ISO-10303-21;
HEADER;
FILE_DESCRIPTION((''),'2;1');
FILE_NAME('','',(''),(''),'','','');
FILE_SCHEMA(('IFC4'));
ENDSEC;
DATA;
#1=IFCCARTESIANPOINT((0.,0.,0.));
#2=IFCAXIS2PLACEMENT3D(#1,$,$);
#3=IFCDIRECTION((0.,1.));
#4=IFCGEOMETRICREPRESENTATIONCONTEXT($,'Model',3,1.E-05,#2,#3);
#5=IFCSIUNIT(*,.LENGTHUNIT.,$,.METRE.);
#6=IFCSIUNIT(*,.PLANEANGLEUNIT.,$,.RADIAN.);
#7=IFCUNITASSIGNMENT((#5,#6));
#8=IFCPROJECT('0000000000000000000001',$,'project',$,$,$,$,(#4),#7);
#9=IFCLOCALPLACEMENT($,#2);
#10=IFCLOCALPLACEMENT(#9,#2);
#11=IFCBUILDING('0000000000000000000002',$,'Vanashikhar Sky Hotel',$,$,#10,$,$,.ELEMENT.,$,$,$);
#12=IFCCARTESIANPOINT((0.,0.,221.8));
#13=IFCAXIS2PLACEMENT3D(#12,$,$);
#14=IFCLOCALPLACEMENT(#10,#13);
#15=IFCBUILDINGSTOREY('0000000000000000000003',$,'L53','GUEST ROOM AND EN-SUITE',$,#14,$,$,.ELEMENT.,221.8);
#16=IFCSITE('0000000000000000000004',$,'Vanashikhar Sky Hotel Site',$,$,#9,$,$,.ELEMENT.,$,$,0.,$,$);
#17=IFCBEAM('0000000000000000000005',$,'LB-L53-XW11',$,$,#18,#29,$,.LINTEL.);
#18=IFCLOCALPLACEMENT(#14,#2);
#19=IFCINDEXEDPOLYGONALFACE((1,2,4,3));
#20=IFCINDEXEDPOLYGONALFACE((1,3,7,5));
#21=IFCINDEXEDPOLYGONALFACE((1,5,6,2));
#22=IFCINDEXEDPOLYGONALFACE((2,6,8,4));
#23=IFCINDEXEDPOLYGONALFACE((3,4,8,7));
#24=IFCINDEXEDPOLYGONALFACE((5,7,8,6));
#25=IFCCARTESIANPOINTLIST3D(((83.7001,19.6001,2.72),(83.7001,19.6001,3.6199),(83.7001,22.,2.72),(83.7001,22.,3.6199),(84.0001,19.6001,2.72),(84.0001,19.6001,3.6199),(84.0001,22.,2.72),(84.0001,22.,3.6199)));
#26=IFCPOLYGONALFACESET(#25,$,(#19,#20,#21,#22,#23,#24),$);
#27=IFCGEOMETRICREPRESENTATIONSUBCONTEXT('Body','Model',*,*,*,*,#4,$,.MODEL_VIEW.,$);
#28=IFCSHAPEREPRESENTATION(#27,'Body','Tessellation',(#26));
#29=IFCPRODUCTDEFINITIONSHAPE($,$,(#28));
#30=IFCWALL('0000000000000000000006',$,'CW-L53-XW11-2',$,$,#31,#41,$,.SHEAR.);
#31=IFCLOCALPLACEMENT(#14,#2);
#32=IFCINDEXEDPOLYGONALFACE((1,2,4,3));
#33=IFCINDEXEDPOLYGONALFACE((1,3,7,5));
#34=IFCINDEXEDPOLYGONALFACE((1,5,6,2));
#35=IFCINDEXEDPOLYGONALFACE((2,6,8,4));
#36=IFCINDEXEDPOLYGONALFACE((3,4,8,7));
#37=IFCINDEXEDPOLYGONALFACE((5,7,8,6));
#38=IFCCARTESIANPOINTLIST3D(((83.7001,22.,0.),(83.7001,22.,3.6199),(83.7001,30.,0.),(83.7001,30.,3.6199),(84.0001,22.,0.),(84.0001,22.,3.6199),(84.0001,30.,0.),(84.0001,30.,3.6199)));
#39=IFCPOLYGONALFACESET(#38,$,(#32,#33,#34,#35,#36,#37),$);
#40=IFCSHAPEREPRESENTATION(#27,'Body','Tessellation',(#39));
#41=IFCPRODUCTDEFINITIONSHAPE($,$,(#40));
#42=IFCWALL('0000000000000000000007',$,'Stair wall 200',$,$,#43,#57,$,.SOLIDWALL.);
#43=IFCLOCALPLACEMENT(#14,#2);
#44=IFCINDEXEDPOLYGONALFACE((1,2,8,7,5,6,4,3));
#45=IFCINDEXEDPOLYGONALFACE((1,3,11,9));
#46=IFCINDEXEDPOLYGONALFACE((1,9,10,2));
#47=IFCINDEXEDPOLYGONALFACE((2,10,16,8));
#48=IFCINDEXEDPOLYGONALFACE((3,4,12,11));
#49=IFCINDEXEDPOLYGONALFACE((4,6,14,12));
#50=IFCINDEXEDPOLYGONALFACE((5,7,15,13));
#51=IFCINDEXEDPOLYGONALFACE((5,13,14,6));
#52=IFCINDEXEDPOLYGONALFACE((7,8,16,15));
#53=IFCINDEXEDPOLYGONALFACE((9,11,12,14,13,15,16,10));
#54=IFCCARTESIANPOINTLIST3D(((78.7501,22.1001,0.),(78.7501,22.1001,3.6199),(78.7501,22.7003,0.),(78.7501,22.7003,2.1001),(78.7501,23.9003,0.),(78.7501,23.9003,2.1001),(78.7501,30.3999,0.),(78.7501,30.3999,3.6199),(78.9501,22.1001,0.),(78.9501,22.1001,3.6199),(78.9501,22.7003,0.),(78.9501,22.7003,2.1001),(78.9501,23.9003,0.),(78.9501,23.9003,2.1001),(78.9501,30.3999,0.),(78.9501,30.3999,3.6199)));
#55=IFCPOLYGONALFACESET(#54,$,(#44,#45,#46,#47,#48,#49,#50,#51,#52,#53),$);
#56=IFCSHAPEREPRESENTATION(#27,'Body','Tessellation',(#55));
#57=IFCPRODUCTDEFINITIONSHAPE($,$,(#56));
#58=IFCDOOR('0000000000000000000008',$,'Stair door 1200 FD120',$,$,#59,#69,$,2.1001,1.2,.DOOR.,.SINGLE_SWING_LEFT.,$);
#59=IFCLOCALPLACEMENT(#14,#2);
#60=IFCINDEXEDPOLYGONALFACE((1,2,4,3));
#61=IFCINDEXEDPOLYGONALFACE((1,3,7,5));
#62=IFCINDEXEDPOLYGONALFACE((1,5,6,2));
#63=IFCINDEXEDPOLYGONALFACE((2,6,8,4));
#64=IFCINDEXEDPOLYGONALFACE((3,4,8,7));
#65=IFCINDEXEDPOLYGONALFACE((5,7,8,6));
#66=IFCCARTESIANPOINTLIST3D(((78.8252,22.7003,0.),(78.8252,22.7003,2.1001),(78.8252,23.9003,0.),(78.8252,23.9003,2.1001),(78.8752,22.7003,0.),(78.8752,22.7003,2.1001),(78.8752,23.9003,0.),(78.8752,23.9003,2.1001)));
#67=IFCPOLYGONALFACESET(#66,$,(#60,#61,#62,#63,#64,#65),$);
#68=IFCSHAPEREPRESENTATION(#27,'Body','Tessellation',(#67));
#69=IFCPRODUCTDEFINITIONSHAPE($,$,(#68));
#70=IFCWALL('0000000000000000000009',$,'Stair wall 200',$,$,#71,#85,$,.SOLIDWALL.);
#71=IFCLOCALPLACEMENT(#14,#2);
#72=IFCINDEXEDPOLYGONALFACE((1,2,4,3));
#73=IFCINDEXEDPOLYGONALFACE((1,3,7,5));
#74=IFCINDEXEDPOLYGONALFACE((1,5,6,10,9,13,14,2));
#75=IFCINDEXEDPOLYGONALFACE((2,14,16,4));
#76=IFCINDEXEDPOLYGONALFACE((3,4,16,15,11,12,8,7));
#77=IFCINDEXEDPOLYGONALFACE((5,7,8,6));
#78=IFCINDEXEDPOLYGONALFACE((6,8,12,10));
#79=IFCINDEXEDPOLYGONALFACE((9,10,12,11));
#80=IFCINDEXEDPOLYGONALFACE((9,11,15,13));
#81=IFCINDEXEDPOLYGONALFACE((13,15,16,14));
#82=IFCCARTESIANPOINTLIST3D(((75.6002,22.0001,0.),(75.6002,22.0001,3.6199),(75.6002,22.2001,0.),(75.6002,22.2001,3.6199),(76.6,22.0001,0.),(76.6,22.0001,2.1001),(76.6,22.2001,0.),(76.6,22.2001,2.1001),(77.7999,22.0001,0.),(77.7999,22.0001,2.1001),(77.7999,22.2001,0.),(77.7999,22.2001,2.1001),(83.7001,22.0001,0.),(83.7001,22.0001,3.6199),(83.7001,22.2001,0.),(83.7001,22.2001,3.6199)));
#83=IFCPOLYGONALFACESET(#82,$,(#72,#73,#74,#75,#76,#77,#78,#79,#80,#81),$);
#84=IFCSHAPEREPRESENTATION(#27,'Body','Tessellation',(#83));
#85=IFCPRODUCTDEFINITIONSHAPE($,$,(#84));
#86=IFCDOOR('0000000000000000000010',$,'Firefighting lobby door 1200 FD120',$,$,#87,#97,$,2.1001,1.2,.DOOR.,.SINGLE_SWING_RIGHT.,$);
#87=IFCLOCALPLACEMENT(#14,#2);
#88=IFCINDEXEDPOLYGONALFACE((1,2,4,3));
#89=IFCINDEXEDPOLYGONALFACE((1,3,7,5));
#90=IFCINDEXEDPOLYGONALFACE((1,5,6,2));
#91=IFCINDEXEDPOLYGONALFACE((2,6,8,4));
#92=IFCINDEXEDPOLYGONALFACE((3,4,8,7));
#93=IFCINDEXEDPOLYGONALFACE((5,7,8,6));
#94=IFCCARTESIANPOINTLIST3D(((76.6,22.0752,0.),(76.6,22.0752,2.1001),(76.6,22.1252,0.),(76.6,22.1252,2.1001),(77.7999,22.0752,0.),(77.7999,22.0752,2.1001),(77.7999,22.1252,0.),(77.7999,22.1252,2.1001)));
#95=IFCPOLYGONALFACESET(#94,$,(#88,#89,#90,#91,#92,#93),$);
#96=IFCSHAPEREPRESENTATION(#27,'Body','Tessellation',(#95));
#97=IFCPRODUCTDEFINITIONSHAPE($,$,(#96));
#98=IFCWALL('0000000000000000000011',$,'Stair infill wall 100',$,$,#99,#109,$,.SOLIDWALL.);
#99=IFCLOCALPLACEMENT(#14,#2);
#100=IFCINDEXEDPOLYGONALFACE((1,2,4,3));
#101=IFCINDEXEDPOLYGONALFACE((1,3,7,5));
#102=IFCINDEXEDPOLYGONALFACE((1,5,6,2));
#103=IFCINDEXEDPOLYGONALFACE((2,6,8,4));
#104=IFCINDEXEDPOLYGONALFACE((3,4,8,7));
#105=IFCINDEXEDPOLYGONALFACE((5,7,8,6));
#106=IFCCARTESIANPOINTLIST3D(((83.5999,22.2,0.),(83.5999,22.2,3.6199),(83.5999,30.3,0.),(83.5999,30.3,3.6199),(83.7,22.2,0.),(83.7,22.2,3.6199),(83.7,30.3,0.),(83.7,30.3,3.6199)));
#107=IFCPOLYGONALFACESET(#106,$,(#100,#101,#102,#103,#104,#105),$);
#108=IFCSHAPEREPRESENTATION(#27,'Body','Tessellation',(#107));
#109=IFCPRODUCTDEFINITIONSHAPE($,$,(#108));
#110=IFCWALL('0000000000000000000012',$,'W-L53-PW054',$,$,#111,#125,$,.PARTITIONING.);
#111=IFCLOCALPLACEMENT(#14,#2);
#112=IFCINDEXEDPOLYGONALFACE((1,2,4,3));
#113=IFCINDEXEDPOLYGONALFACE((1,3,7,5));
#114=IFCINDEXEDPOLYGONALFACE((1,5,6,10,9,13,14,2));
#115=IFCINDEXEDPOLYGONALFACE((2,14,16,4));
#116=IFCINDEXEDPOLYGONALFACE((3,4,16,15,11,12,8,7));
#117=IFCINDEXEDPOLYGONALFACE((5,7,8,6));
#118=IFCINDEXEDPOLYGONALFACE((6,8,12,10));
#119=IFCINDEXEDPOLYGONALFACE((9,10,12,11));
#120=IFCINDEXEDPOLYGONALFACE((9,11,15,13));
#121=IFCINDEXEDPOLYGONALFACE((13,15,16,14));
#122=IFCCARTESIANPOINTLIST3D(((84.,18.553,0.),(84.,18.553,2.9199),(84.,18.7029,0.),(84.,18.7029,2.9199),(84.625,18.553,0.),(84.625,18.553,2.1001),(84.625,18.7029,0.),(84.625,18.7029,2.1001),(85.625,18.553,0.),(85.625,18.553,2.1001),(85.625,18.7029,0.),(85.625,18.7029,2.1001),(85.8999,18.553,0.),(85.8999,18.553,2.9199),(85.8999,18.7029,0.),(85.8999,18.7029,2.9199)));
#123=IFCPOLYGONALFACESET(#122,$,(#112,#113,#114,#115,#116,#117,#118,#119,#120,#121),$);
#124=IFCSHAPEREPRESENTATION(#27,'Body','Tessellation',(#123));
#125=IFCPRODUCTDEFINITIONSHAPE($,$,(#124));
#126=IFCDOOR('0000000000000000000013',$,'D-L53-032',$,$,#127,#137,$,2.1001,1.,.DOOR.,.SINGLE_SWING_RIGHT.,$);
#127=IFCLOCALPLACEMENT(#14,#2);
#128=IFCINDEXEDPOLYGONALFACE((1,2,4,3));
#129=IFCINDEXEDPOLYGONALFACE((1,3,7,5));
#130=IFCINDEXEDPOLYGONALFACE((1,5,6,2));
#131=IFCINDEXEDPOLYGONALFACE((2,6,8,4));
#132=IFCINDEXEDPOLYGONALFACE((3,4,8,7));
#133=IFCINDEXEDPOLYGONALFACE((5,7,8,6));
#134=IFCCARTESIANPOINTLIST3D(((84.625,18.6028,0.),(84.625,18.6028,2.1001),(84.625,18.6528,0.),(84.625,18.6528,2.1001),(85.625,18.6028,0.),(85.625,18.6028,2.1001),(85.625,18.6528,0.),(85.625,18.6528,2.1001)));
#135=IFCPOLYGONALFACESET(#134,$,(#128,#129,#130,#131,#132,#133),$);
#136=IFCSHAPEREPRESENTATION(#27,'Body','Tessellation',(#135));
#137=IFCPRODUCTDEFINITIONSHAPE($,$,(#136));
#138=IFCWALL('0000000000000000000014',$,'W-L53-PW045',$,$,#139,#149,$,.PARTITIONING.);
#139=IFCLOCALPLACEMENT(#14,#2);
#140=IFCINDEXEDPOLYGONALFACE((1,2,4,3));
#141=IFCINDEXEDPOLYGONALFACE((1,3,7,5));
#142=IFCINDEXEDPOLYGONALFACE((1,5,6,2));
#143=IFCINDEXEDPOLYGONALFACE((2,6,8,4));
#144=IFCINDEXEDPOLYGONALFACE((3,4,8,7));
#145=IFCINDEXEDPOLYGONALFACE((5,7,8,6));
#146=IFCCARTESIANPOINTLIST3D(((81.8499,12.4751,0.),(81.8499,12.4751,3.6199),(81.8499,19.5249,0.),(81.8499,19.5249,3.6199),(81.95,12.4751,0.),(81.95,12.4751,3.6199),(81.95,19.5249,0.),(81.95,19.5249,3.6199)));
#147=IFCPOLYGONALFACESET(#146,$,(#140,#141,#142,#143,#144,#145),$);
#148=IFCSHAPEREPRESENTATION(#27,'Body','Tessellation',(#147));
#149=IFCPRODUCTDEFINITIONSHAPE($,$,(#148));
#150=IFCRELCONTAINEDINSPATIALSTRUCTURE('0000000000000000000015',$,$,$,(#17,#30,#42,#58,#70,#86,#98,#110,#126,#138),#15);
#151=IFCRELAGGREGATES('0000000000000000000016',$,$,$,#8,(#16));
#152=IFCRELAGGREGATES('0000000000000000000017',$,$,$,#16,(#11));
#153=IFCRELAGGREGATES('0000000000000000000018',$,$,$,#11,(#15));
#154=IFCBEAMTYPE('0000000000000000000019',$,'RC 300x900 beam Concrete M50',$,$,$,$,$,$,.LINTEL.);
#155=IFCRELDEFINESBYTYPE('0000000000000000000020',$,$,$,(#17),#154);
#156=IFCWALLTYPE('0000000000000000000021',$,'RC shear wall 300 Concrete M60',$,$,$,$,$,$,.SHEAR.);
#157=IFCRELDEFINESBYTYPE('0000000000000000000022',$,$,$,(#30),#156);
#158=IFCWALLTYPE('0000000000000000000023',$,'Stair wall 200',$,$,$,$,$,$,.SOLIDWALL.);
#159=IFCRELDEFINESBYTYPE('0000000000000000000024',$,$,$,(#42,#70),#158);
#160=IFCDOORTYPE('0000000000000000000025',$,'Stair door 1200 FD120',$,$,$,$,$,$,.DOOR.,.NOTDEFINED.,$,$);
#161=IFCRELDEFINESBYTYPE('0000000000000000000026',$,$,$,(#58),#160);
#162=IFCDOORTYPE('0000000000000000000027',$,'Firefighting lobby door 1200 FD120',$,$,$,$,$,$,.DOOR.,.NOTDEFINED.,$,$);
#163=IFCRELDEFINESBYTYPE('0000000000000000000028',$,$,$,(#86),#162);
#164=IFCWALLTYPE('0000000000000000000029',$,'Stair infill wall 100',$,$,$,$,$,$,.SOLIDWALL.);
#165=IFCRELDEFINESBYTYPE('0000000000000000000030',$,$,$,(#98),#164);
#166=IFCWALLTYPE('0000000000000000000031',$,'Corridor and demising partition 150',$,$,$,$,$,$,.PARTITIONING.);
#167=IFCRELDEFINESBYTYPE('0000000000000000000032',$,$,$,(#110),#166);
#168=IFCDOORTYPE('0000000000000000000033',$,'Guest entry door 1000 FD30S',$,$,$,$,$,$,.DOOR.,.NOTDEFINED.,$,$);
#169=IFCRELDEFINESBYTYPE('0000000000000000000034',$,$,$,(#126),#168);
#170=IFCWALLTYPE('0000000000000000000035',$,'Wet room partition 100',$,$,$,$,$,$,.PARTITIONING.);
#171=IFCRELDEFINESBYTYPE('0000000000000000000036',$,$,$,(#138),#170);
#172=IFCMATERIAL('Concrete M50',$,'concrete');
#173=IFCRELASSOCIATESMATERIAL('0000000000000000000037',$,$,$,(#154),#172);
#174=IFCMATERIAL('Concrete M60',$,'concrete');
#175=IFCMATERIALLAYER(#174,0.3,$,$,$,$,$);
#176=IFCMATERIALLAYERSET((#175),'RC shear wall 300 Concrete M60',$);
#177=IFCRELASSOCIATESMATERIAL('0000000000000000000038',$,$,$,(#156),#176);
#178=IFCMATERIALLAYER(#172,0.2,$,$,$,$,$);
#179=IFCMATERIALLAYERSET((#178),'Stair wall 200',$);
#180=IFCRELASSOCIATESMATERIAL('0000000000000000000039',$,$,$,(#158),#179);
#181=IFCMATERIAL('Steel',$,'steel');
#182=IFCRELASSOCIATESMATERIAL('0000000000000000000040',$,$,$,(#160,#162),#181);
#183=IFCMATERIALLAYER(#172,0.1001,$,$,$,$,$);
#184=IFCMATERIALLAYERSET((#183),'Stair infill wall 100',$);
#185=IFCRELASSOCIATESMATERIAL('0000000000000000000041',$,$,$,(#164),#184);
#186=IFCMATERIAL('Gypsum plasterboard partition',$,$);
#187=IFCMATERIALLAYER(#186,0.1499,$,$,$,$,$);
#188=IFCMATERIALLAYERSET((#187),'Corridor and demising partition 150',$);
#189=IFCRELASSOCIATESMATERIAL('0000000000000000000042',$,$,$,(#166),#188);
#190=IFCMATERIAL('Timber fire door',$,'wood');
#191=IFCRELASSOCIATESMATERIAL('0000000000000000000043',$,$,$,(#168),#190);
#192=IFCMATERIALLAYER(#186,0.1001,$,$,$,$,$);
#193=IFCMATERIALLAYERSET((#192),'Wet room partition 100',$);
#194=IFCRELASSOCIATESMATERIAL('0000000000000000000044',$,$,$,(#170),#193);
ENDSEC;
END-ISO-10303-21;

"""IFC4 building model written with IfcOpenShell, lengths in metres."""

from ifc_helpers import new_model, si_unit, direction, frame, frame_2d, origin, origin_2d, place, context, subcontext, project, spatial, rectangle, extrude, source, transform, mapped, material, layer, layer_set, material_profile, profile_set, type_object, element, fill, save


model = new_model("IFC4")

# Units and contexts
model_context = context("Model", 3, precision=1e-05, world=origin(), true_north=direction((0.0, 1.0)))
body_context = subcontext(model_context, "Body", "Model", "MODEL_VIEW")
ifc_project = project(units=[si_unit("LENGTHUNIT", "METRE"), si_unit("PLANEANGLEUNIT", "RADIAN")], contexts=[model_context])

# Site, building, storey
site_placement = place(None, origin())
site = spatial("IfcSite", under=ifc_project, at=site_placement, Name="Vanashikhar Sky Hotel Site", CompositionType="ELEMENT", RefElevation=0.0)
building_placement = place(site_placement, origin())
building = spatial("IfcBuilding", under=site, at=building_placement, Name="Vanashikhar Sky Hotel", CompositionType="ELEMENT")
storey_placement = place(building_placement, frame((0.0, 0.0, 221.8)))
storey = spatial("IfcBuildingStorey", under=building, at=storey_placement, Name="L53", Description="GUEST ROOM AND EN-SUITE", CompositionType="ELEMENT", Elevation=221.8)

# Beam
ifc_material_1 = material(Name="Concrete M50", Category="concrete")
ifc_material_profile = material_profile(ifc_material_1, rectangle(XDim=0.3, YDim=0.8999, at=origin_2d()))
ifc_profile_set = profile_set([ifc_material_profile], Name="RC 300x900 beam Concrete M50")
beam_type = type_object("IfcBeamType", Name="RC 300x900 beam Concrete M50", PredefinedType="LINTEL", material=ifc_profile_set)
shared_shape_1 = source(origin(), body_context, "Body", "SweptSolid", [
    extrude(rectangle(XDim=0.3, YDim=0.8999, at=origin_2d()), origin(), (0.0, 0.0, 1.0), 2.3999),
])
beam_placement = place(storey_placement, frame((83.8501, 19.6001, 3.1699), z_axis=(0.0, 1.0, 0.0), x_axis=(-1.0, 0.0, 0.0)))
element("IfcBeam", 1, at=beam_placement, inside=storey, type_object=beam_type, Name="LB-L53-XW11", PredefinedType="LINTEL", context=body_context, shape_type="MappedRepresentation", body=[
    mapped(shared_shape_1, transform((0.0, 0.0, 0.0), scale=1.0)),
])

# Wall
ifc_material_2 = material(Name="Concrete M60", Category="concrete")
ifc_layer_1 = layer(ifc_material_2, 0.3)
ifc_layer_set_1 = layer_set([ifc_layer_1], Name="RC shear wall 300 Concrete M60")
wall_type_1 = type_object("IfcWallType", Name="RC shear wall 300 Concrete M60", PredefinedType="SHEAR", material=ifc_layer_set_1)
shared_shape_2 = source(origin(), body_context, "Body", "SweptSolid", [
    extrude(rectangle(XDim=8.0, YDim=0.3, at=frame_2d((4.0, 0.0))), origin(), (0.0, 0.0, 1.0), 3.6199),
])
wall_1_placement = place(storey_placement, frame((83.8501, 22.0, 0.0), z_axis=(0.0, 0.0, 1.0), x_axis=(0.0, 1.0, 0.0)))
element("IfcWall", 2, at=wall_1_placement, inside=storey, type_object=wall_type_1, Name="CW-L53-XW11-2", PredefinedType="SHEAR", context=body_context, shape_type="MappedRepresentation", body=[
    mapped(shared_shape_2, transform((0.0, 0.0, 0.0), scale=1.0)),
])

# Walls, openings, doors
ifc_layer_2 = layer(ifc_material_1, 0.2)
ifc_layer_set_2 = layer_set([ifc_layer_2], Name="Stair wall 200")
wall_type_2 = type_object("IfcWallType", Name="Stair wall 200", PredefinedType="SOLIDWALL", material=ifc_layer_set_2)
shared_shape_3 = source(origin(), body_context, "Body", "SweptSolid", [
    extrude(rectangle(XDim=8.2998, YDim=0.2, at=frame_2d((4.1499, 0.0))), origin(), (0.0, 0.0, 1.0), 3.6199),
])
wall_2_placement = place(storey_placement, frame((78.8501, 22.1001, 0.0), z_axis=(0.0, 0.0, 1.0), x_axis=(0.0, 1.0, 0.0)))
wall_2 = element("IfcWall", 3, at=wall_2_placement, inside=storey, type_object=wall_type_2, Name="Stair wall 200", PredefinedType="SOLIDWALL", context=body_context, shape_type="MappedRepresentation", body=[
    mapped(shared_shape_3, transform((0.0, 0.0, 0.0), scale=1.0)),
])
shared_shape_4 = source(origin(), body_context, "Body", "SweptSolid", [
    extrude(rectangle(XDim=1.2, YDim=2.1001, at=frame_2d((0.6001, 1.05))), frame((0.0, 0.1099, 0.0), z_axis=(0.0, -1.0, 0.0), x_axis=(1.0, 0.0, 0.0)), (0.0, 0.0, 1.0), 0.22),
])
opening_1_placement = place(wall_2_placement, frame((0.6001, 0.0, 0.0)))
opening_1 = element("IfcOpeningElement", 4, at=opening_1_placement, cuts=wall_2, PredefinedType="OPENING", context=body_context, shape_type="MappedRepresentation", body=[
    mapped(shared_shape_4, transform((0.0, 0.0, 0.0), scale=1.0)),
])
ifc_material_3 = material(Name="Steel", Category="steel")
door_type_1 = type_object("IfcDoorType", Name="Stair door 1200 FD120", OperationType="NOTDEFINED", PredefinedType="DOOR", material=ifc_material_3)
shared_shape_5 = source(origin(), body_context, "Body", "SweptSolid", [
    extrude(rectangle(XDim=1.2, YDim=2.1001, at=frame_2d((0.6001, 1.05))), frame((0.0, 0.0249, 0.0), z_axis=(0.0, -1.0, 0.0), x_axis=(1.0, 0.0, 0.0)), (0.0, 0.0, 1.0), 0.05),
])
door_1_placement = place(opening_1_placement, origin())
door_1 = element("IfcDoor", 5, at=door_1_placement, inside=storey, type_object=door_type_1, Name="Stair door 1200 FD120", OperationType="SINGLE_SWING_LEFT", OverallHeight=2.1001, OverallWidth=1.2, PredefinedType="DOOR", context=body_context, shape_type="MappedRepresentation", body=[
    mapped(shared_shape_5, transform((0.0, 0.0, 0.0), scale=1.0)),
])
fill(opening_1, door_1)
shared_shape_6 = source(origin(), body_context, "Body", "SweptSolid", [
    extrude(rectangle(XDim=8.0999, YDim=0.2, at=frame_2d((4.0498, 0.0))), origin(), (0.0, 0.0, 1.0), 3.6199),
])
wall_3_placement = place(storey_placement, frame((83.7, 22.1001, 0.0), z_axis=(0.0, 0.0, 1.0), x_axis=(-1.0, 0.0, 0.0)))
wall_3 = element("IfcWall", 6, at=wall_3_placement, inside=storey, type_object=wall_type_2, Name="Stair wall 200", PredefinedType="SOLIDWALL", context=body_context, shape_type="MappedRepresentation", body=[
    mapped(shared_shape_6, transform((0.0, 0.0, 0.0), scale=1.0)),
])
opening_2_placement = place(wall_3_placement, frame((5.8999, 0.0, 0.0)))
opening_2 = element("IfcOpeningElement", 7, at=opening_2_placement, cuts=wall_3, PredefinedType="OPENING", context=body_context, shape_type="MappedRepresentation", body=[
    mapped(shared_shape_4, transform((0.0, 0.0, 0.0), scale=1.0)),
])
door_type_2 = type_object("IfcDoorType", Name="Firefighting lobby door 1200 FD120", OperationType="NOTDEFINED", PredefinedType="DOOR", material=ifc_material_3)
door_2_placement = place(opening_2_placement, origin())
door_2 = element("IfcDoor", 8, at=door_2_placement, inside=storey, type_object=door_type_2, Name="Firefighting lobby door 1200 FD120", OperationType="SINGLE_SWING_RIGHT", OverallHeight=2.1001, OverallWidth=1.2, PredefinedType="DOOR", context=body_context, shape_type="MappedRepresentation", body=[
    mapped(shared_shape_5, transform((0.0, 0.0, 0.0), scale=1.0)),
])
fill(opening_2, door_2)

# Wall
ifc_layer_3 = layer(ifc_material_1, 0.1001)
ifc_layer_set_3 = layer_set([ifc_layer_3], Name="Stair infill wall 100")
wall_type_3 = type_object("IfcWallType", Name="Stair infill wall 100", PredefinedType="SOLIDWALL", material=ifc_layer_set_3)
shared_shape_7 = source(origin(), body_context, "Body", "SweptSolid", [
    extrude(rectangle(XDim=8.1001, YDim=0.1001, at=frame_2d((4.05, 0.0))), origin(), (0.0, 0.0, 1.0), 3.6199),
])
wall_4_placement = place(storey_placement, frame((83.6499, 22.2, 0.0), z_axis=(0.0, 0.0, 1.0), x_axis=(0.0, 1.0, 0.0)))
element("IfcWall", 9, at=wall_4_placement, inside=storey, type_object=wall_type_3, Name="Stair infill wall 100", PredefinedType="SOLIDWALL", context=body_context, shape_type="MappedRepresentation", body=[
    mapped(shared_shape_7, transform((0.0, 0.0, 0.0), scale=1.0)),
])

# Wall, opening, door
ifc_material_4 = material(Name="Gypsum plasterboard partition")
ifc_layer_4 = layer(ifc_material_4, 0.1499)
ifc_layer_set_4 = layer_set([ifc_layer_4], Name="Corridor and demising partition 150")
wall_type_4 = type_object("IfcWallType", Name="Corridor and demising partition 150", PredefinedType="PARTITIONING", material=ifc_layer_set_4)
shared_shape_8 = source(origin(), body_context, "Body", "SweptSolid", [
    extrude(rectangle(XDim=1.8999, YDim=0.1499, at=frame_2d((0.95, 0.0))), origin(), (0.0, 0.0, 1.0), 2.9199),
])
wall_5_placement = place(storey_placement, frame((84.0, 18.6279, 0.0), z_axis=(0.0, 0.0, 1.0), x_axis=(1.0, 0.0, 0.0)))
wall_5 = element("IfcWall", 10, at=wall_5_placement, inside=storey, type_object=wall_type_4, Name="W-L53-PW054", PredefinedType="PARTITIONING", context=body_context, shape_type="MappedRepresentation", body=[
    mapped(shared_shape_8, transform((0.0, 0.0, 0.0), scale=1.0)),
])
shared_shape_9 = source(origin(), body_context, "Body", "SweptSolid", [
    extrude(rectangle(XDim=1.0, YDim=2.1001, at=frame_2d((0.5, 1.05))), frame((0.0, 0.085, 0.0), z_axis=(0.0, -1.0, 0.0), x_axis=(1.0, 0.0, 0.0)), (0.0, 0.0, 1.0), 0.1699),
])
opening_3_placement = place(wall_5_placement, frame((0.625, 0.0, 0.0)))
opening_3 = element("IfcOpeningElement", 11, at=opening_3_placement, cuts=wall_5, PredefinedType="OPENING", context=body_context, shape_type="MappedRepresentation", body=[
    mapped(shared_shape_9, transform((0.0, 0.0, 0.0), scale=1.0)),
])
ifc_material_5 = material(Name="Timber fire door", Category="wood")
door_type_3 = type_object("IfcDoorType", Name="Guest entry door 1000 FD30S", OperationType="NOTDEFINED", PredefinedType="DOOR", material=ifc_material_5)
shared_shape_10 = source(origin(), body_context, "Body", "SweptSolid", [
    extrude(rectangle(XDim=1.0, YDim=2.1001, at=frame_2d((0.5, 1.05))), frame((0.0, 0.0249, 0.0), z_axis=(0.0, -1.0, 0.0), x_axis=(1.0, 0.0, 0.0)), (0.0, 0.0, 1.0), 0.05),
])
door_3_placement = place(opening_3_placement, origin())
door_3 = element("IfcDoor", 12, at=door_3_placement, inside=storey, type_object=door_type_3, Name="D-L53-032", OperationType="SINGLE_SWING_RIGHT", OverallHeight=2.1001, OverallWidth=1.0, PredefinedType="DOOR", context=body_context, shape_type="MappedRepresentation", body=[
    mapped(shared_shape_10, transform((0.0, 0.0, 0.0), scale=1.0)),
])
fill(opening_3, door_3)

# Wall
ifc_layer_5 = layer(ifc_material_4, 0.1001)
ifc_layer_set_5 = layer_set([ifc_layer_5], Name="Wet room partition 100")
wall_type_5 = type_object("IfcWallType", Name="Wet room partition 100", PredefinedType="PARTITIONING", material=ifc_layer_set_5)
shared_shape_11 = source(origin(), body_context, "Body", "SweptSolid", [
    extrude(rectangle(XDim=7.0498, YDim=0.1001, at=frame_2d((3.5249, 0.0))), origin(), (0.0, 0.0, 1.0), 3.6199),
])
for number, where, z_axis, x_axis, name in (
    (13, (81.8999, 12.4751, 0.0), (0.0, 0.0, 1.0), (0.0, 1.0, 0.0), "W-L53-PW045"),
):
    element("IfcWall", number, at=place(storey_placement, frame(where, z_axis=z_axis, x_axis=x_axis)), inside=storey, type_object=wall_type_5, Name=name, PredefinedType="PARTITIONING", context=body_context, shape_type="MappedRepresentation", body=[
        mapped(shared_shape_11, transform((0.0, 0.0, 0.0), scale=1.0)),
    ])

save(model, "model.ifc")
